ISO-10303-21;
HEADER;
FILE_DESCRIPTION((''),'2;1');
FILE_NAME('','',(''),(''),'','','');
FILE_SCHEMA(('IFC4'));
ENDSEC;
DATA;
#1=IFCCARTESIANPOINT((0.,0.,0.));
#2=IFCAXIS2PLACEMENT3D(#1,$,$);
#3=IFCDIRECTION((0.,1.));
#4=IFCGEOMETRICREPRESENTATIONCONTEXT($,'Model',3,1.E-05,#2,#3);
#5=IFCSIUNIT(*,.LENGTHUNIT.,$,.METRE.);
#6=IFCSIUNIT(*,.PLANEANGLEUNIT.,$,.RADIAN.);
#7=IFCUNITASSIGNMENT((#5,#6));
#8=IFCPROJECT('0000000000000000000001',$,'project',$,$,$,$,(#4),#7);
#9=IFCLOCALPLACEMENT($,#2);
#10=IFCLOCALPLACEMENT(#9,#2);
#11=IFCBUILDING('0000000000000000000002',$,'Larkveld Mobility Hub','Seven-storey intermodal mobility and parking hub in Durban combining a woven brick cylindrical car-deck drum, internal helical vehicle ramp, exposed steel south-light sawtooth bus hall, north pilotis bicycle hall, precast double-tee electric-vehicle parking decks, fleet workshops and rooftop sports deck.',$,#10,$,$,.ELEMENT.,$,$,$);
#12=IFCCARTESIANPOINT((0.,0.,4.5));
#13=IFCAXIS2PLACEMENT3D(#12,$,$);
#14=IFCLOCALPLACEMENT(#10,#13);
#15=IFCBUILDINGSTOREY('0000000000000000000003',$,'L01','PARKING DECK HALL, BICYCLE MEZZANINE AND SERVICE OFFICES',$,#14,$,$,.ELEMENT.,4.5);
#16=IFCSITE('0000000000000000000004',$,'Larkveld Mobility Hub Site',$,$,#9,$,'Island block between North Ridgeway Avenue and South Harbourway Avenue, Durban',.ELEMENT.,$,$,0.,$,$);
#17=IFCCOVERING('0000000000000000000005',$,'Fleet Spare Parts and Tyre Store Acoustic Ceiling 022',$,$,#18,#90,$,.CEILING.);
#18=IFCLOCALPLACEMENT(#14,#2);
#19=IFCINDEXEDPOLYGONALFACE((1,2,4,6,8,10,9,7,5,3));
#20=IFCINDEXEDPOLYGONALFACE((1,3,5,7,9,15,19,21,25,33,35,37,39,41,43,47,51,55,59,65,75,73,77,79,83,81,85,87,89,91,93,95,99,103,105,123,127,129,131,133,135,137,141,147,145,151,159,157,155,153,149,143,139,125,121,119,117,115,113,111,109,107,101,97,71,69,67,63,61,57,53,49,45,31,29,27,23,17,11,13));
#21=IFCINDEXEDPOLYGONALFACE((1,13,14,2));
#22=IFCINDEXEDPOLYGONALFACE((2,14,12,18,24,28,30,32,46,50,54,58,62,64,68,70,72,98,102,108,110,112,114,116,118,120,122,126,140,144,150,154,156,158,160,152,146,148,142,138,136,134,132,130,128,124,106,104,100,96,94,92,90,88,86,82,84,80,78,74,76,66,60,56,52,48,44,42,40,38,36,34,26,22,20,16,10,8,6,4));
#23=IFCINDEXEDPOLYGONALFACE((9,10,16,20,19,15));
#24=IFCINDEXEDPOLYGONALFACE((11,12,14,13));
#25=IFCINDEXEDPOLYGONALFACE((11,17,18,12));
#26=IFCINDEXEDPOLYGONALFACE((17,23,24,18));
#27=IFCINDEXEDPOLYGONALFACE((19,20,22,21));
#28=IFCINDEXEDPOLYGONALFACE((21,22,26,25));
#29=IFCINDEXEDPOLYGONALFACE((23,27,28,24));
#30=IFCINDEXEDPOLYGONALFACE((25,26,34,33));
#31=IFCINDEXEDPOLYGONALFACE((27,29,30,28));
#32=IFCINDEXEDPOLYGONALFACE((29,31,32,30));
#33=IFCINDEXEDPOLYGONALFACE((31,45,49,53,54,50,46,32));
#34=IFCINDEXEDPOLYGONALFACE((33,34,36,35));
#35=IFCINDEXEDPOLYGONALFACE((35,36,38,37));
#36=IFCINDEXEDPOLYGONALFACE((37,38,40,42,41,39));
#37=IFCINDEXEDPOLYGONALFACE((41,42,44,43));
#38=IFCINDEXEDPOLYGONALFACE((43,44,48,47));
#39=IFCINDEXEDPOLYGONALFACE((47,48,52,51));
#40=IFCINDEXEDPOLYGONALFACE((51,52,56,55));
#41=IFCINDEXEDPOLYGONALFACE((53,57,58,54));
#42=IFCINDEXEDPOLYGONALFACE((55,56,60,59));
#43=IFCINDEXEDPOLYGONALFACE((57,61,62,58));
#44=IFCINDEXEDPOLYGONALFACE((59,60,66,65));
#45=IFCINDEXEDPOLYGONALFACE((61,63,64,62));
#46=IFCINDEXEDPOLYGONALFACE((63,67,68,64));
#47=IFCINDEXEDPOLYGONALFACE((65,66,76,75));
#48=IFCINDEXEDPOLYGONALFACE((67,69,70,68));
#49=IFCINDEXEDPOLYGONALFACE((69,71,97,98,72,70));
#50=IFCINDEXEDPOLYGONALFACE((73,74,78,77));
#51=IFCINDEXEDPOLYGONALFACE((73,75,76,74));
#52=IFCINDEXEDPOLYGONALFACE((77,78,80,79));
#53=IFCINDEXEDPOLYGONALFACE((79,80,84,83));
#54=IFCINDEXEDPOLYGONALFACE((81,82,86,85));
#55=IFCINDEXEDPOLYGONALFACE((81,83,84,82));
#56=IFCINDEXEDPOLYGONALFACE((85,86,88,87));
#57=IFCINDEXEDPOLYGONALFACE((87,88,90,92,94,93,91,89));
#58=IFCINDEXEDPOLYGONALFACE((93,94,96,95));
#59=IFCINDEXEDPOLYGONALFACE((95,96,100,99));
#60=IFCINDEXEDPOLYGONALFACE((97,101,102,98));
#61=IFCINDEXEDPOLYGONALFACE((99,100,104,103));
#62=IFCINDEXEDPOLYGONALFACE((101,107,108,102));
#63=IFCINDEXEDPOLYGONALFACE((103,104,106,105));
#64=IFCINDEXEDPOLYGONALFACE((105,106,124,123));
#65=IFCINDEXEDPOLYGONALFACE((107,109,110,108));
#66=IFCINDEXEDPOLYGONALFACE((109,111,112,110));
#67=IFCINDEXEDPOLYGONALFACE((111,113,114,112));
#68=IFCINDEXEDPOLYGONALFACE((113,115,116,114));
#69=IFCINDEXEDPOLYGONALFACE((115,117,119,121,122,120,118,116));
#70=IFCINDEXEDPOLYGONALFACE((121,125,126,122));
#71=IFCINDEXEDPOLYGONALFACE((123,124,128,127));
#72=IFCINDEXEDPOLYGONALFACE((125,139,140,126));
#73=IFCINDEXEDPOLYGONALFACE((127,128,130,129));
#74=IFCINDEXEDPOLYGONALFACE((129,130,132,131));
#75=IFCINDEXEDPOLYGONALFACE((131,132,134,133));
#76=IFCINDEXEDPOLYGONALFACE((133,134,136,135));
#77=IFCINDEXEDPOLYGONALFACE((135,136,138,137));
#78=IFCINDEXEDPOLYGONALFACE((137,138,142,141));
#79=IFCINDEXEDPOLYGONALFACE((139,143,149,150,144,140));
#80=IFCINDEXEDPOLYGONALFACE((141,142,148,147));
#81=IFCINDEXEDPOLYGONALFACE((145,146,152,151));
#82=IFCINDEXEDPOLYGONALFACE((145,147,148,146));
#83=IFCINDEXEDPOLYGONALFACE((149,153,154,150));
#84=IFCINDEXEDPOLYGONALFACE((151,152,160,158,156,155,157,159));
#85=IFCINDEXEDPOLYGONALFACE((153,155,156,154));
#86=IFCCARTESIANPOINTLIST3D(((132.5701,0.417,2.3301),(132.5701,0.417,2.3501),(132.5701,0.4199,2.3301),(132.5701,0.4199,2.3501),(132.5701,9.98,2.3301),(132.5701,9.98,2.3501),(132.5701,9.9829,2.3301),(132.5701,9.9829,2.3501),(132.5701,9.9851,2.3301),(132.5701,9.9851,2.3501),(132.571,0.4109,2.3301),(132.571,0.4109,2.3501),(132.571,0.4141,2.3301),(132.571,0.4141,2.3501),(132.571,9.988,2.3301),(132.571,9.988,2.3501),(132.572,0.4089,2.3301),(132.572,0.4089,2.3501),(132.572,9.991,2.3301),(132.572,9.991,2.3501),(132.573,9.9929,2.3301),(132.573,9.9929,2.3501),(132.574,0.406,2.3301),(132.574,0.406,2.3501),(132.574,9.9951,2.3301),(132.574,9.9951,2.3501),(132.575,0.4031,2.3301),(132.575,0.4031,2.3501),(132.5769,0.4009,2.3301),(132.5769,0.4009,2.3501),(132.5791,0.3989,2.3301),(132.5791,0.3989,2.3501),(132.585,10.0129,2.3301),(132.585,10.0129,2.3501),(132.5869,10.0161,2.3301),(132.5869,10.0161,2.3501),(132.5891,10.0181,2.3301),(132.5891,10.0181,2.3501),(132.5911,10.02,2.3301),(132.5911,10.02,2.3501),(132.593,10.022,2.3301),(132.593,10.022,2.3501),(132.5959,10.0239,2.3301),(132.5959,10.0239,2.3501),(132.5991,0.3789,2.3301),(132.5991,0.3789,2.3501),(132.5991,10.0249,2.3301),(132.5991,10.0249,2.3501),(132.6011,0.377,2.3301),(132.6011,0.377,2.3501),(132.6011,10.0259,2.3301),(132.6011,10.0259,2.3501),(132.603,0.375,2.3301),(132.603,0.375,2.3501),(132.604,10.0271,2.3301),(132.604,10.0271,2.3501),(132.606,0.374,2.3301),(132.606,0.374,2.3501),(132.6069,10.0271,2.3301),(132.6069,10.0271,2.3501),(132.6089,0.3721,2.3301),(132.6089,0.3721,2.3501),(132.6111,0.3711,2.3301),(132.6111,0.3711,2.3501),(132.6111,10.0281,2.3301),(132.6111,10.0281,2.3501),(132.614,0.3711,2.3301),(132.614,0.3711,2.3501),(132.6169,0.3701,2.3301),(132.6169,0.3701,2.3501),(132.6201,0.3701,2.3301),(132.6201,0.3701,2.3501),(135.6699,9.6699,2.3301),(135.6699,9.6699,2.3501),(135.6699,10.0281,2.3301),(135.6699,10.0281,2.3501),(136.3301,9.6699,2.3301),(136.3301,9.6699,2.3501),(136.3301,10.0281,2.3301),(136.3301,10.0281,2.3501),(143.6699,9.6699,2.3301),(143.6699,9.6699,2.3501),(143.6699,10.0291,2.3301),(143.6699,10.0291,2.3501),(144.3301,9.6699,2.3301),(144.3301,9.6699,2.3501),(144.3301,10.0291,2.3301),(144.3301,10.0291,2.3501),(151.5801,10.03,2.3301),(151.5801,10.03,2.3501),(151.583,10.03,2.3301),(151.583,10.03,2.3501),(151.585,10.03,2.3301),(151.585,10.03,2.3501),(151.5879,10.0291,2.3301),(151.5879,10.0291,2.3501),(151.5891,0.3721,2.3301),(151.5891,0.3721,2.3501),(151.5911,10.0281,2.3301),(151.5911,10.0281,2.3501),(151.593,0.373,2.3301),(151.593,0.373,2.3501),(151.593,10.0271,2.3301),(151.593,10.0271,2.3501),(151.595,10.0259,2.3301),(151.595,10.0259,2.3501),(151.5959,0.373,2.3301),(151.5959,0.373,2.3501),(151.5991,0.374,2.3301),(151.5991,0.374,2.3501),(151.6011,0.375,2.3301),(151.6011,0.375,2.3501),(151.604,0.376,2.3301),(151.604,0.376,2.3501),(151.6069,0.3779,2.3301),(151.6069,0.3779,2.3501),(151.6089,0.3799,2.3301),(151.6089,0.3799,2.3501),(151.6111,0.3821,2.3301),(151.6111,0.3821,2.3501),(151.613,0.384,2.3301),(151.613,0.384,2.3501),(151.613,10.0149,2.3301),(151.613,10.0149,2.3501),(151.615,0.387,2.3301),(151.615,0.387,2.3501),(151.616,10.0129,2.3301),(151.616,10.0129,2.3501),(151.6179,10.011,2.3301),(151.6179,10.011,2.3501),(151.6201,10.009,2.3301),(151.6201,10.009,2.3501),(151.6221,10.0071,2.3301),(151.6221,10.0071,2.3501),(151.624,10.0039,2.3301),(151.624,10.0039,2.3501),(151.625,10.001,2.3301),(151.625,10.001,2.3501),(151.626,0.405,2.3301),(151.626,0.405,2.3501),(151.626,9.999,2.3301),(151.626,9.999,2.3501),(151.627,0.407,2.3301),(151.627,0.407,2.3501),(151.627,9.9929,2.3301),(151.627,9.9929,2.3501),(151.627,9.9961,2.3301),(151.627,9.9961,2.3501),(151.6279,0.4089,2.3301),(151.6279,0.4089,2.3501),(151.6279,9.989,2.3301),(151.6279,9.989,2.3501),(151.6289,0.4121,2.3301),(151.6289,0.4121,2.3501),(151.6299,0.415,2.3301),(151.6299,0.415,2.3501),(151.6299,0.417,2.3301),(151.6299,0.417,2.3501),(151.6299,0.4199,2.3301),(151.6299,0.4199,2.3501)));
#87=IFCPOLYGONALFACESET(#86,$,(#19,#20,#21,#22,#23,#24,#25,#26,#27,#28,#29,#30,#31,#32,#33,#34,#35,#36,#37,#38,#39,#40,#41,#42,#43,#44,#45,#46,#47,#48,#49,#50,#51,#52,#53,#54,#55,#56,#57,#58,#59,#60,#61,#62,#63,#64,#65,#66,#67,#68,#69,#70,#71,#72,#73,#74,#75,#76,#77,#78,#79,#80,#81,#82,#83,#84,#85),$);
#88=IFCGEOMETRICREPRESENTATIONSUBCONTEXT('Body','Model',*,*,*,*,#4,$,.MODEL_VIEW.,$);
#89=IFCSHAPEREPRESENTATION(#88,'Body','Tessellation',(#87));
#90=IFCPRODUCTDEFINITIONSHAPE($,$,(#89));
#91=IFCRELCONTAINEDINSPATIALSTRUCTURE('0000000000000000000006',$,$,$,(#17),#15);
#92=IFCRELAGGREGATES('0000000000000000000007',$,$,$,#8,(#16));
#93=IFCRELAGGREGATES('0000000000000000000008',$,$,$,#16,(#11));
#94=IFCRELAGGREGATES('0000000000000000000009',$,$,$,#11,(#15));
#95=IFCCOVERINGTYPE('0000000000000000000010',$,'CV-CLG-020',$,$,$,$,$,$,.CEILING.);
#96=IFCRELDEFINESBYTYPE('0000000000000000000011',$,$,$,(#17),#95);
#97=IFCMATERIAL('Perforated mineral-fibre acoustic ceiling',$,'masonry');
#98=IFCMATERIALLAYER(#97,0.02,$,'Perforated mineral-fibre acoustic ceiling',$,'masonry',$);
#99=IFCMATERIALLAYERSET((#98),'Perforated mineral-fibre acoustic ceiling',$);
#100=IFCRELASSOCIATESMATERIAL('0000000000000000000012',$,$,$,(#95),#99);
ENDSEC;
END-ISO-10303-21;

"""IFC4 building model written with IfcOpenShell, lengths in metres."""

from ifc_helpers import new_model, si_unit, direction, frame, origin, place, context, subcontext, project, spatial, polyline, outline, extrude, material, layer, layer_set, type_object, element, save


model = new_model("IFC4")

# Units and contexts
model_context = context("Model", 3, precision=1e-05, world=origin(), true_north=direction((0.0, 1.0)))
body_context = subcontext(model_context, "Body", "Model", "MODEL_VIEW")
ifc_project = project(units=[si_unit("LENGTHUNIT", "METRE"), si_unit("PLANEANGLEUNIT", "RADIAN")], contexts=[model_context])

# Site, building, storey
site_placement = place(None, origin())
site = spatial("IfcSite", under=ifc_project, at=site_placement, Name="Larkveld Mobility Hub Site", LongName="Island block between North Ridgeway Avenue and South Harbourway Avenue, Durban", CompositionType="ELEMENT", RefElevation=0.0)
building_placement = place(site_placement, origin())
building = spatial("IfcBuilding", under=site, at=building_placement, Name="Larkveld Mobility Hub", Description="Seven-storey intermodal mobility and parking hub in Durban combining a woven brick cylindrical car-deck drum, internal helical vehicle ramp, exposed steel south-light sawtooth bus hall, north pilotis bicycle hall, precast double-tee electric-vehicle parking decks, fleet workshops and rooftop sports deck.", CompositionType="ELEMENT")
storey_placement = place(building_placement, frame((0.0, 0.0, 4.5)))
storey = spatial("IfcBuildingStorey", under=building, at=storey_placement, Name="L01", Description="PARKING DECK HALL, BICYCLE MEZZANINE AND SERVICE OFFICES", CompositionType="ELEMENT", Elevation=4.5)

# Covering
ifc_material_1 = material(Name="Perforated mineral-fibre acoustic ceiling", Category="masonry")
ifc_layer_1 = layer(ifc_material_1, 0.02, Name="Perforated mineral-fibre acoustic ceiling", Category="masonry")
ifc_layer_set_1 = layer_set([ifc_layer_1], Name="Perforated mineral-fibre acoustic ceiling")
covering_type_1 = type_object("IfcCoveringType", Name="CV-CLG-020", PredefinedType="CEILING", material=ifc_layer_set_1)
covering_1_placement = place(storey_placement, frame((0.0, 0.0, 2.3301)))
element("IfcCovering", 1, at=covering_1_placement, inside=storey, type_object=covering_type_1, Name="Fleet Spare Parts and Tyre Store Acoustic Ceiling 022", PredefinedType="CEILING", context=body_context, shape_type="SweptSolid", body=[
    extrude(outline(polyline([(132.6169, 0.3701), (132.614, 0.3711), (132.6111, 0.3711), (132.6089, 0.3721), (132.606, 0.374), (132.603, 0.375), (132.6011, 0.377), (132.5991, 0.3789), (132.5791, 0.3989), (132.5769, 0.4009), (132.575, 0.4031), (132.574, 0.406), (132.572, 0.4089), (132.571, 0.4109), (132.571, 0.4141), (132.5701, 0.417), (132.5701, 0.4199), (132.5701, 9.98), (132.5701, 9.9829), (132.5701, 9.9851), (132.571, 9.988), (132.572, 9.991), (132.573, 9.9929), (132.574, 9.9951), (132.585, 10.0129), (132.5869, 10.0161), (132.5891, 10.0181), (132.5911, 10.02), (132.593, 10.022), (132.5959, 10.0239), (132.5991, 10.0249), (132.6011, 10.0259), (132.604, 10.0271), (132.6069, 10.0271), (132.6111, 10.0281), (135.6699, 10.0281), (135.6699, 9.6699), (136.3301, 9.6699), (136.3301, 10.0281), (143.6699, 10.0291), (143.6699, 9.6699), (144.3301, 9.6699), (144.3301, 10.0291), (151.5801, 10.03), (151.583, 10.03), (151.585, 10.03), (151.5879, 10.0291), (151.5911, 10.0281), (151.593, 10.0271), (151.595, 10.0259), (151.613, 10.0149), (151.616, 10.0129), (151.6179, 10.011), (151.6201, 10.009), (151.6221, 10.0071), (151.624, 10.0039), (151.625, 10.001), (151.626, 9.999), (151.627, 9.9961), (151.627, 9.9929), (151.6279, 9.989), (151.6299, 0.4199), (151.6299, 0.417), (151.6299, 0.415), (151.6289, 0.4121), (151.6279, 0.4089), (151.627, 0.407), (151.626, 0.405), (151.615, 0.387), (151.613, 0.384), (151.6111, 0.3821), (151.6089, 0.3799), (151.6069, 0.3779), (151.604, 0.376), (151.6011, 0.375), (151.5991, 0.374), (151.5959, 0.373), (151.593, 0.373), (151.5891, 0.3721), (132.6201, 0.3701), (132.6169, 0.3701)])), origin(), (0.0, 0.0, 1.0), 0.02),
])

save(model, "model.ifc")
